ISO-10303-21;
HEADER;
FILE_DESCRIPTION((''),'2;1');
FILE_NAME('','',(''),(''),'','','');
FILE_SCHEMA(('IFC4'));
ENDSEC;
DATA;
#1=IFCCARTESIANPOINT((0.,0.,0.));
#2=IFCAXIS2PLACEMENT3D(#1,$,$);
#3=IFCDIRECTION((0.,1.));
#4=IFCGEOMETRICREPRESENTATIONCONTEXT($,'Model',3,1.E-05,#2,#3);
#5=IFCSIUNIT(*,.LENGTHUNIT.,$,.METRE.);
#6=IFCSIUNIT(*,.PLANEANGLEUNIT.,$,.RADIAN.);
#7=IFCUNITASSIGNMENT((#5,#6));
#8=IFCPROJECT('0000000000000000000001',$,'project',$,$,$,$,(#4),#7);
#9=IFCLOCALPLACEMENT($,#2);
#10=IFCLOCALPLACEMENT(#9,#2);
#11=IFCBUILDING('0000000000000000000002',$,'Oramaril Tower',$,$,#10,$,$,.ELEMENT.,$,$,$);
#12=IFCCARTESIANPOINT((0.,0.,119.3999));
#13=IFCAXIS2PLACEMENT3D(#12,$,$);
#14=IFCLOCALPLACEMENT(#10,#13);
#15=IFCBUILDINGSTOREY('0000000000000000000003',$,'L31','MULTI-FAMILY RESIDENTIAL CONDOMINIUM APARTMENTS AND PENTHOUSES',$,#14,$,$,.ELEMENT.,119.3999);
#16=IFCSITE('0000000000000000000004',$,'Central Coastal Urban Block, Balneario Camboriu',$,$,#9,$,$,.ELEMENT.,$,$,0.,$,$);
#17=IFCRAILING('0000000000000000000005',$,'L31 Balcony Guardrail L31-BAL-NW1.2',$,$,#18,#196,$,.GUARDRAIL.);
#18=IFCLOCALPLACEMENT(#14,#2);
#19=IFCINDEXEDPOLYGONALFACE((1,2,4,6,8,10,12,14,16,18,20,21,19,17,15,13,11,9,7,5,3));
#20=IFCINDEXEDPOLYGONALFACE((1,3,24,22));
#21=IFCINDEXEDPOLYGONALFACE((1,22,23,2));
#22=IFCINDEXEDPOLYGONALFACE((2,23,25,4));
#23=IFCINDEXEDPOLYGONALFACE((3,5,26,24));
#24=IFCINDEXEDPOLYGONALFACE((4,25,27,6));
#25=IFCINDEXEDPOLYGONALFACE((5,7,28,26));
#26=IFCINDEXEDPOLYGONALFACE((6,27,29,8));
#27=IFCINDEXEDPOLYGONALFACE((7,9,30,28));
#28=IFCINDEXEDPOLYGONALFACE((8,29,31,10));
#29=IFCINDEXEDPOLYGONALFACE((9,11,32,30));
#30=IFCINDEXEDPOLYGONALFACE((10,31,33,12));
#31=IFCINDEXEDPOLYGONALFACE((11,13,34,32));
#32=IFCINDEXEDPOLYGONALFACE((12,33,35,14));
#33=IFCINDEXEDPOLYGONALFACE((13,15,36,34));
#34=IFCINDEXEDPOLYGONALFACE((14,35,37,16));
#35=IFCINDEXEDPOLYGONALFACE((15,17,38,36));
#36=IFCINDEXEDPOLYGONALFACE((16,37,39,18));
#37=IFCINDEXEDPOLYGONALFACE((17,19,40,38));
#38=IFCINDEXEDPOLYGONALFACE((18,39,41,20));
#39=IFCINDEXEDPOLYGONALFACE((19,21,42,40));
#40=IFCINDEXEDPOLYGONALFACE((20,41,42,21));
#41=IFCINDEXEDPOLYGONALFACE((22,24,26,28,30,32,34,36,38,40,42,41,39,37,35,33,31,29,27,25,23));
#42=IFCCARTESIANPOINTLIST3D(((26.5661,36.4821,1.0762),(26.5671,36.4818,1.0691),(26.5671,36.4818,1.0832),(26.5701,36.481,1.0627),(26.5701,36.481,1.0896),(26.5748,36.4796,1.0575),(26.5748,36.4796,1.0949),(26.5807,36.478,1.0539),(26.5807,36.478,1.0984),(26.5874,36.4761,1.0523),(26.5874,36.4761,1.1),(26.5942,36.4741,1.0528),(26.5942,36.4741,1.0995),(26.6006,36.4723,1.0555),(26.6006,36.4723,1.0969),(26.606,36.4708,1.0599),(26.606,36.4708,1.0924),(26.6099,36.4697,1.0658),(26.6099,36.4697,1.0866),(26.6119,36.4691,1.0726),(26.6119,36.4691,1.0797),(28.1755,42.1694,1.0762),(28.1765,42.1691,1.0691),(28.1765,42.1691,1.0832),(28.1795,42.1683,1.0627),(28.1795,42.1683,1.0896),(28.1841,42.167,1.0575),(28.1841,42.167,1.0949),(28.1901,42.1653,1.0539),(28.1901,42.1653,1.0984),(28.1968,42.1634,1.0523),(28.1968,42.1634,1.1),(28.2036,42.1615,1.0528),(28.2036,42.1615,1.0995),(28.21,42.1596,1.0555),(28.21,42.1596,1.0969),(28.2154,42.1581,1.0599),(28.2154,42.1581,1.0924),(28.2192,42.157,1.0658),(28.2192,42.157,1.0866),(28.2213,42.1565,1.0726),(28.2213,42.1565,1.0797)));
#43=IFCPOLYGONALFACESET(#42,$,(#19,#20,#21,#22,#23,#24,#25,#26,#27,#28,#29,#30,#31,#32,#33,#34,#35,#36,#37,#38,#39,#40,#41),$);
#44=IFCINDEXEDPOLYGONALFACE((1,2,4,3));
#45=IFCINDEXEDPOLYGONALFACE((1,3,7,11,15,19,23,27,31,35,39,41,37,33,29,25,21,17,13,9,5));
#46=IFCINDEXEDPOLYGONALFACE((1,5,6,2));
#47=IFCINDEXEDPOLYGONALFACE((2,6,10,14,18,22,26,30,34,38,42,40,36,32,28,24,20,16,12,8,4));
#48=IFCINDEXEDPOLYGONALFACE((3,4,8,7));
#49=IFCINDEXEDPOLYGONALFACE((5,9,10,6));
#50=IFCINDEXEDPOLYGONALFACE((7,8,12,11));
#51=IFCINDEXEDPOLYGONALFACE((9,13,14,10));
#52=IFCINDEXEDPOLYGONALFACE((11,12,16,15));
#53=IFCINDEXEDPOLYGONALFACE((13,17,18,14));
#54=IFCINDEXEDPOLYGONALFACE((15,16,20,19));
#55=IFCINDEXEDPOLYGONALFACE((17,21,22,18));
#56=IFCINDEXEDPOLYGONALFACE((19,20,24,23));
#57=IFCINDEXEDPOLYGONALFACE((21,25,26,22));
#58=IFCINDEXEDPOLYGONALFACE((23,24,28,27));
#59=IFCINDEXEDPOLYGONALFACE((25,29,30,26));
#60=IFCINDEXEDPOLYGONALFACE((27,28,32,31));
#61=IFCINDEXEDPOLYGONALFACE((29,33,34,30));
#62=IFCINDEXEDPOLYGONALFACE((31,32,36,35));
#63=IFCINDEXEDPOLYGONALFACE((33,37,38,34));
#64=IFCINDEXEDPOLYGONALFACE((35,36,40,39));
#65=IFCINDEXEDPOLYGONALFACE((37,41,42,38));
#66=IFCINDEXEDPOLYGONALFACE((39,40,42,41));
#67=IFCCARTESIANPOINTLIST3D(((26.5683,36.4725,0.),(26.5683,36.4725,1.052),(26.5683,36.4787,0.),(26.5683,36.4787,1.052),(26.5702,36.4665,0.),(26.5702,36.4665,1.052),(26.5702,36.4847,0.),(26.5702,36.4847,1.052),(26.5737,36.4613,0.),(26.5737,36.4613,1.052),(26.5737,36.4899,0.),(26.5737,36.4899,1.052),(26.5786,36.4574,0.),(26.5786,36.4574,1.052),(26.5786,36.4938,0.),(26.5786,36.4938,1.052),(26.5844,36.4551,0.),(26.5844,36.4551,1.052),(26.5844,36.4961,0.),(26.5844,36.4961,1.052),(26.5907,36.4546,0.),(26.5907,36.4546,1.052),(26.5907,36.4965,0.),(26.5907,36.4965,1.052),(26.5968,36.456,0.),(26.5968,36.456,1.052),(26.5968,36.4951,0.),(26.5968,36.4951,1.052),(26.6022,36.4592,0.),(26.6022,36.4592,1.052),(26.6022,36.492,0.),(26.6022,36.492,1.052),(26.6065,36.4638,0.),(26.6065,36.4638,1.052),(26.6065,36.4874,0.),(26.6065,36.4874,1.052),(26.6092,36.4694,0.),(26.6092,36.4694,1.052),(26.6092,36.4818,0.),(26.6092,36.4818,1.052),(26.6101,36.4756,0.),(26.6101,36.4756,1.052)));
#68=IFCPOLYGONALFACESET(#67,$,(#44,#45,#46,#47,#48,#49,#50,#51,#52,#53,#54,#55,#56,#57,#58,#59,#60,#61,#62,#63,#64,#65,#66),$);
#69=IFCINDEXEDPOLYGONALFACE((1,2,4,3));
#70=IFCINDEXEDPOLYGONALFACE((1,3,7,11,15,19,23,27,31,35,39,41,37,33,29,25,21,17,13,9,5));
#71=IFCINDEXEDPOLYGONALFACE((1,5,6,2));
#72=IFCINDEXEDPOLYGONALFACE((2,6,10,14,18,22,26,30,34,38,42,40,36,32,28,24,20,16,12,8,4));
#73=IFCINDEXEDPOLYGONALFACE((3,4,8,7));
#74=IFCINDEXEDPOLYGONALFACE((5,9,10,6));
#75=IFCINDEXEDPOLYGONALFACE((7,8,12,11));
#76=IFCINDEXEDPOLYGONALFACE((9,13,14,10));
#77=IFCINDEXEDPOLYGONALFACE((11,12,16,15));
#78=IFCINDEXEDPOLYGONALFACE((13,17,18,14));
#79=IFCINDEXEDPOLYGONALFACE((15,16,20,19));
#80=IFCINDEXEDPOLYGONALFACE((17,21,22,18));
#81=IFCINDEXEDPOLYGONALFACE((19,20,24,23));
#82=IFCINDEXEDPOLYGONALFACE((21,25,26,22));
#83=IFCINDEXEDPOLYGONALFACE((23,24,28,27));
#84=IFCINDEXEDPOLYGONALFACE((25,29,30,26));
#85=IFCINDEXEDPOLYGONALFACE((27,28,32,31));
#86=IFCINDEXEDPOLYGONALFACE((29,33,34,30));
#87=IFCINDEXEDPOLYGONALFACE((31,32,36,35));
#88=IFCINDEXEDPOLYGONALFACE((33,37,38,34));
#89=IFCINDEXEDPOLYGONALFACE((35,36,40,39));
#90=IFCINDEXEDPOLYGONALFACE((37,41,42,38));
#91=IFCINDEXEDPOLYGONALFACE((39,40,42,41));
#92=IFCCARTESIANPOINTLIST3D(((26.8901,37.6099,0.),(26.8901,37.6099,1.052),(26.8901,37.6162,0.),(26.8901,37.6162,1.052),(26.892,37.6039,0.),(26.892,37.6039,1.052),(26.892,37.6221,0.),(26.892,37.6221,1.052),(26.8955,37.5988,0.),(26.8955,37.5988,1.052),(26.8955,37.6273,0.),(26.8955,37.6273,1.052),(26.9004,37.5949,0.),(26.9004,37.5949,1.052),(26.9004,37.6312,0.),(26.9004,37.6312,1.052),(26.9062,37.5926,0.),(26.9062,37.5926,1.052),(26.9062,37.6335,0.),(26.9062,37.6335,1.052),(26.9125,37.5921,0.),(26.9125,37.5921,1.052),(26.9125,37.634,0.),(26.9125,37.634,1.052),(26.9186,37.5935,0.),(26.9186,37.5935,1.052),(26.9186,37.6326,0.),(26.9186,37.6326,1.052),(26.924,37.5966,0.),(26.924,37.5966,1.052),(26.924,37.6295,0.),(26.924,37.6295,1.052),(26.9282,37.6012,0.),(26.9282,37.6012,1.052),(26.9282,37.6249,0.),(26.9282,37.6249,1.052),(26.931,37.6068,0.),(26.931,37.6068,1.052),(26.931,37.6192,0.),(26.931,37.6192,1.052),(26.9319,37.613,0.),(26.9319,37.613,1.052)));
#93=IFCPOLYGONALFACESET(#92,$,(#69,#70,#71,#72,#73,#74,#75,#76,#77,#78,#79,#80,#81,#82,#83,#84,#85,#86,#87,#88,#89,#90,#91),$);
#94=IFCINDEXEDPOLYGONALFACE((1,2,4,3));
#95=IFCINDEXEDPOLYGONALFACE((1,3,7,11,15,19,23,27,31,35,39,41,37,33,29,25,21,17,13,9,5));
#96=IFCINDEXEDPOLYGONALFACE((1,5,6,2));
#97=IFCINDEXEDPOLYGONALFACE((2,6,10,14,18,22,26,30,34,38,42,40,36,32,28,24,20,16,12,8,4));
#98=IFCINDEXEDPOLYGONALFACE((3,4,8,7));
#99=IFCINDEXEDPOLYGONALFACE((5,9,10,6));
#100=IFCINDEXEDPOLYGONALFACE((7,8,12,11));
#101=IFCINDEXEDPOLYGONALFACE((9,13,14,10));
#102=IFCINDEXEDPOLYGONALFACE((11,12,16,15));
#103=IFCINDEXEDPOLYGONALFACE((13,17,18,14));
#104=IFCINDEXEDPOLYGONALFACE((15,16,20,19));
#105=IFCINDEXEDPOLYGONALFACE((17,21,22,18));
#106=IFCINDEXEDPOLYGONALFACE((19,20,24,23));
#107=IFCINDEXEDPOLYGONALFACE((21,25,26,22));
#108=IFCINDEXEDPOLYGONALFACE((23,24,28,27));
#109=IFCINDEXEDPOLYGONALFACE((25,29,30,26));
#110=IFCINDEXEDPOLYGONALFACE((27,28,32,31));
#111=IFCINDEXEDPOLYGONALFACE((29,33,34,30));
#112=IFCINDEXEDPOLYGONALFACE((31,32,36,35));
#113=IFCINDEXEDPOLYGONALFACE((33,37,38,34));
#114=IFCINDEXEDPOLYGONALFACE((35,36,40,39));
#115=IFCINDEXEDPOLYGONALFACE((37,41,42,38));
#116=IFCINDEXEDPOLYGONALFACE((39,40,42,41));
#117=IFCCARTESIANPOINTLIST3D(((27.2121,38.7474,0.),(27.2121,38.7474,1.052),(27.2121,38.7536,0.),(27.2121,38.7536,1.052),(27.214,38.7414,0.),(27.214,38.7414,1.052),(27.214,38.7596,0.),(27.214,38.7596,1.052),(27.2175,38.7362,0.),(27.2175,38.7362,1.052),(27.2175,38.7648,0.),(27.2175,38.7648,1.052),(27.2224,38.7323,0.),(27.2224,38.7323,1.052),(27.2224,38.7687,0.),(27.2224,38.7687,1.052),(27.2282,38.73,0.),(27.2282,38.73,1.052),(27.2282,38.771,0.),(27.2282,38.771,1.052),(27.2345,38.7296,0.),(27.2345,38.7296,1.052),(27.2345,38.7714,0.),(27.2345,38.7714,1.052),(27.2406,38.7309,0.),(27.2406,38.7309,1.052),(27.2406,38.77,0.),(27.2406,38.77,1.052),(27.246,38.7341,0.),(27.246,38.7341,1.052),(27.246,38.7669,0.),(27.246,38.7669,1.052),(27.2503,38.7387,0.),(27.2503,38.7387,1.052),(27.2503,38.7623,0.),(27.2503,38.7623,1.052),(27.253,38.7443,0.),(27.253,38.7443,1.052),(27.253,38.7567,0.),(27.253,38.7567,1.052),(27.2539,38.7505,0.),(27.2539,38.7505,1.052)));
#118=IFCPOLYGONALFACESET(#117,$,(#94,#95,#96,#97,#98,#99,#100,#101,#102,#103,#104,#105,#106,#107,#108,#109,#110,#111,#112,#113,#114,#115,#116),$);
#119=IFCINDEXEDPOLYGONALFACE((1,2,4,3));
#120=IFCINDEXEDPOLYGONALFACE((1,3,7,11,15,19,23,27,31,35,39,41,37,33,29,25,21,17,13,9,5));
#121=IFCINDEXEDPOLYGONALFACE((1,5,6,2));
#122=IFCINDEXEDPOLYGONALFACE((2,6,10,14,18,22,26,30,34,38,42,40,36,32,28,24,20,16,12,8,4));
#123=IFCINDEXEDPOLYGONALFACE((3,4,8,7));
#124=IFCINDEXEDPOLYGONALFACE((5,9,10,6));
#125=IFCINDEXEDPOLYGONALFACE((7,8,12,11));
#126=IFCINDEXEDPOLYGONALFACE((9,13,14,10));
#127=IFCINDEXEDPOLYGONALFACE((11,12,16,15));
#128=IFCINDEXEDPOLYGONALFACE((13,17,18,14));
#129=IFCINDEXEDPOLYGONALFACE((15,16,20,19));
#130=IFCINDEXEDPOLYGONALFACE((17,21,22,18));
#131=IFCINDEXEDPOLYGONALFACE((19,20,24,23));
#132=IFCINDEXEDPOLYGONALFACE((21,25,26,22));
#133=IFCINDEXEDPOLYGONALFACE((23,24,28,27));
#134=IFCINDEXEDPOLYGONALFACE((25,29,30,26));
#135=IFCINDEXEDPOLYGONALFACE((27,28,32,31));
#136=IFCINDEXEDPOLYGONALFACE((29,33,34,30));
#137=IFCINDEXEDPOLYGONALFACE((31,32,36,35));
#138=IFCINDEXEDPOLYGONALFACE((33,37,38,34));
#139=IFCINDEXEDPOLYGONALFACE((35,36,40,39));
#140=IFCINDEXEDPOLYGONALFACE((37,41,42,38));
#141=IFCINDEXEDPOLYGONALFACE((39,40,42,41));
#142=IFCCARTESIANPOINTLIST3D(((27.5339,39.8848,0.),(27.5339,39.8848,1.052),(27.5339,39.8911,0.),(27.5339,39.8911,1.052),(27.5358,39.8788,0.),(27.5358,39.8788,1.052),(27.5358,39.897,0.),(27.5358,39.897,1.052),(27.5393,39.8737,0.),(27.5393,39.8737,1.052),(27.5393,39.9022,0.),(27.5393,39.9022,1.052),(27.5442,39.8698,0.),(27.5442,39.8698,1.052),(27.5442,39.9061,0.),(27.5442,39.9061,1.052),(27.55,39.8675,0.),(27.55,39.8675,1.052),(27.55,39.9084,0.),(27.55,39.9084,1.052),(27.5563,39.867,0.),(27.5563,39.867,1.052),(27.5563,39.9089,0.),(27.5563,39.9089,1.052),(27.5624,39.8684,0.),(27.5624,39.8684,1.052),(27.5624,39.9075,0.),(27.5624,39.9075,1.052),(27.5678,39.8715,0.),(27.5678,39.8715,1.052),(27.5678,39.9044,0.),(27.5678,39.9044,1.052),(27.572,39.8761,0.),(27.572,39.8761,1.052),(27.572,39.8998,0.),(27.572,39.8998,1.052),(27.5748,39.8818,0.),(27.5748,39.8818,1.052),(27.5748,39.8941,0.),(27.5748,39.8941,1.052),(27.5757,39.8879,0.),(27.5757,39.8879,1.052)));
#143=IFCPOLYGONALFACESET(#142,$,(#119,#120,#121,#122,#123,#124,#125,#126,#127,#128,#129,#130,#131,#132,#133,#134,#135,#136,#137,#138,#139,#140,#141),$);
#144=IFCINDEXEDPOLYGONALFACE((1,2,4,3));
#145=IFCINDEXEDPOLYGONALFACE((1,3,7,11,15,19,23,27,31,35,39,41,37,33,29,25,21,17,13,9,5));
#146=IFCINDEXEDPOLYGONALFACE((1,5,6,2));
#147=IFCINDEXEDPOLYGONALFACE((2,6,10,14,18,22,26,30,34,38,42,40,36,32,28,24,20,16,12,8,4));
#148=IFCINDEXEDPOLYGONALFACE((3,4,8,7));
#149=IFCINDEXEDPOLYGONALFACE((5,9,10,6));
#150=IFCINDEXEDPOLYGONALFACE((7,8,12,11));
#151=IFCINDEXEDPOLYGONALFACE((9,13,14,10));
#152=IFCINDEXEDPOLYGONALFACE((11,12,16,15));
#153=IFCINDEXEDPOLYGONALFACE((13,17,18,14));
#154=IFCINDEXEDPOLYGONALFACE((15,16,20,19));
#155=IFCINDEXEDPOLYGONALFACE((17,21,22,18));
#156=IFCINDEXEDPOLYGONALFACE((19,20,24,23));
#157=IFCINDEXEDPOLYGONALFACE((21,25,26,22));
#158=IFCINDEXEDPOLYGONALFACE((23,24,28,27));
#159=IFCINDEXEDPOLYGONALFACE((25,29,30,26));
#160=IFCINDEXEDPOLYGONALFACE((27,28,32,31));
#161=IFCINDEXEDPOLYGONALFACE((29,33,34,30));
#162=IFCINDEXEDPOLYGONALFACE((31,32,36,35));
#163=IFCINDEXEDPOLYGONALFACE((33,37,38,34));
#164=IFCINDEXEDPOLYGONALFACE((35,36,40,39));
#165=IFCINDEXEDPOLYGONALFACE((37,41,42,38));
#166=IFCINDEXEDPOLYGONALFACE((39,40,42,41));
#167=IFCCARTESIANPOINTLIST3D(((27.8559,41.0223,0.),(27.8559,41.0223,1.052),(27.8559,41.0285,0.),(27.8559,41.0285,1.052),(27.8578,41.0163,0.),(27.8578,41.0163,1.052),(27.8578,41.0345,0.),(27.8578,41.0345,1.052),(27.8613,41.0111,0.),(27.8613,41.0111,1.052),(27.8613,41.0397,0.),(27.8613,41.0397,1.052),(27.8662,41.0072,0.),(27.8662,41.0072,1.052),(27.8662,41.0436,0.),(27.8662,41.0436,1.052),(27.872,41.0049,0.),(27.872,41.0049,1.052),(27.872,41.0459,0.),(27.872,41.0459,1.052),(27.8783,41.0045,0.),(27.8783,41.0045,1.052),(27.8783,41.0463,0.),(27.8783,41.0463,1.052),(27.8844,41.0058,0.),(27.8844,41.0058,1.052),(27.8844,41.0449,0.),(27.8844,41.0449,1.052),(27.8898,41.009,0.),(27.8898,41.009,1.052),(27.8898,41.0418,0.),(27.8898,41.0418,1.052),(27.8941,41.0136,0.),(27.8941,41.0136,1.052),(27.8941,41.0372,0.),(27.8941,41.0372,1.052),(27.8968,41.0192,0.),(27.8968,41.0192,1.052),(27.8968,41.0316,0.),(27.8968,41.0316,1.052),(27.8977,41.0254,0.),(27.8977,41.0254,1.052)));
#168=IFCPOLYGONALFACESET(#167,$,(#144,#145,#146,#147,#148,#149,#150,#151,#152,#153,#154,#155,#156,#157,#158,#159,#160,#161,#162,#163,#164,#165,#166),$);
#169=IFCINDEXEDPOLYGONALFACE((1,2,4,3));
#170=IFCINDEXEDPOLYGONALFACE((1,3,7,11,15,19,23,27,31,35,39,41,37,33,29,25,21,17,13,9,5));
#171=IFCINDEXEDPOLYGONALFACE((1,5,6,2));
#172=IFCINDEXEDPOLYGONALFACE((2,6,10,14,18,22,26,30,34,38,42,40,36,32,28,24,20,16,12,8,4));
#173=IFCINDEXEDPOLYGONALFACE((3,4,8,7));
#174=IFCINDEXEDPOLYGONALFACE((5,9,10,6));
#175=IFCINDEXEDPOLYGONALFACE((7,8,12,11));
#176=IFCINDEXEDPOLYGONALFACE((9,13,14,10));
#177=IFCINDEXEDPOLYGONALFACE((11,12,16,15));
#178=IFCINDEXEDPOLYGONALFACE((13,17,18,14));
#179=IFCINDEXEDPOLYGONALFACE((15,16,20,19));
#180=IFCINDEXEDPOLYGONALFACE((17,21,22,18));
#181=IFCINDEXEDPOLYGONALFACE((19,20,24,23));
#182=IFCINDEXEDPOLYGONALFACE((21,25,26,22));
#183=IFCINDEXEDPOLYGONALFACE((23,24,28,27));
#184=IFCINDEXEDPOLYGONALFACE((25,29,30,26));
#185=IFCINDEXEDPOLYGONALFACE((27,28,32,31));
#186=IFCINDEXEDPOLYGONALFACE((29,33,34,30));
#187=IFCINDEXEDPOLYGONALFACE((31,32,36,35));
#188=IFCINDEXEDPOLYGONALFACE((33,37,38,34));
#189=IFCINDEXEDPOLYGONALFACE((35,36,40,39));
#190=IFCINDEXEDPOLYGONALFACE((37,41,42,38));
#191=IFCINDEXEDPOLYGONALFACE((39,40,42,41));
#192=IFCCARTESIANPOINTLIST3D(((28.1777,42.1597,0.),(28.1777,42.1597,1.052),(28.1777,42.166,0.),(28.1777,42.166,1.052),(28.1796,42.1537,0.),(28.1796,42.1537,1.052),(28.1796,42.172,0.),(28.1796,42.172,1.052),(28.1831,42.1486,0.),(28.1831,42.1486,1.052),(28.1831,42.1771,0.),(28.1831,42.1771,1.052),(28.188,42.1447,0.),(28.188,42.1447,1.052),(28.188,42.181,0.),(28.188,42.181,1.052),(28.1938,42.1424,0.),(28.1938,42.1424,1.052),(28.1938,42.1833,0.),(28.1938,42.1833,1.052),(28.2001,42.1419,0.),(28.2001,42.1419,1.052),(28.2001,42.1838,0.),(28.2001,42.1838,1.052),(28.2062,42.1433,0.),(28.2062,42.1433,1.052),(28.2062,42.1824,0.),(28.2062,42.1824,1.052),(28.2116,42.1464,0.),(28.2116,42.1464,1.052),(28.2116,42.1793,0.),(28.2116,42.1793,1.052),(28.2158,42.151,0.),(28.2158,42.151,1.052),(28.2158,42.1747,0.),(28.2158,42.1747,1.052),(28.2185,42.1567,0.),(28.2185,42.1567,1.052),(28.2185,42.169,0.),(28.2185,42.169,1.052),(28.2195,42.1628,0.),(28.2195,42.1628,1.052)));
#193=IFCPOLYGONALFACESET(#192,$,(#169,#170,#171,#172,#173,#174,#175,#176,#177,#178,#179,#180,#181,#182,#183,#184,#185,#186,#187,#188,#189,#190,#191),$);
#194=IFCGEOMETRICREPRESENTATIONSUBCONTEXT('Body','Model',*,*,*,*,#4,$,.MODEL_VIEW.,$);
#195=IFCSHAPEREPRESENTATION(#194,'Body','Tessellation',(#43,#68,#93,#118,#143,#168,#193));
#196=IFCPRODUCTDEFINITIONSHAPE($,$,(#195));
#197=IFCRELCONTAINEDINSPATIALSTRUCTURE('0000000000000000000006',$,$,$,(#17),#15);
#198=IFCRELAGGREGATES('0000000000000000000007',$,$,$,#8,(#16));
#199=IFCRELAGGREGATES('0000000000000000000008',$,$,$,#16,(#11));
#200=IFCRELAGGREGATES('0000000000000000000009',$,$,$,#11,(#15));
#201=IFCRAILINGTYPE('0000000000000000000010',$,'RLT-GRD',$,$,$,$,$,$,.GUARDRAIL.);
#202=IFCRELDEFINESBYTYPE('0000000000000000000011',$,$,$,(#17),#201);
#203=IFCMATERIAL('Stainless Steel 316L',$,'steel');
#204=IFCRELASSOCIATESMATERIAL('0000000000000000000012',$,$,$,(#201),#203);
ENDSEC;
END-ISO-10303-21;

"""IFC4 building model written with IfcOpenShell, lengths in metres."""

from ifc_helpers import new_model, si_unit, direction, frame, origin, origin_2d, place, context, subcontext, project, spatial, circle, extrude, material, type_object, element, save


model = new_model("IFC4")

# Units and contexts
model_context = context("Model", 3, precision=1e-05, world=origin(), true_north=direction((0.0, 1.0)))
body_context = subcontext(model_context, "Body", "Model", "MODEL_VIEW")
ifc_project = project(units=[si_unit("LENGTHUNIT", "METRE"), si_unit("PLANEANGLEUNIT", "RADIAN")], contexts=[model_context])

# Site, building, storey
site_placement = place(None, origin())
site = spatial("IfcSite", under=ifc_project, at=site_placement, Name="Central Coastal Urban Block, Balneario Camboriu", CompositionType="ELEMENT", RefElevation=0.0)
building_placement = place(site_placement, origin())
building = spatial("IfcBuilding", under=site, at=building_placement, Name="Oramaril Tower", CompositionType="ELEMENT")
storey_placement = place(building_placement, frame((0.0, 0.0, 119.3999)))
storey = spatial("IfcBuildingStorey", under=building, at=storey_placement, Name="L31", Description="MULTI-FAMILY RESIDENTIAL CONDOMINIUM APARTMENTS AND PENTHOUSES", CompositionType="ELEMENT", Elevation=119.3999)

# Railing
ifc_material_1 = material(Name="Stainless Steel 316L", Category="steel")
railing_type = type_object("IfcRailingType", Name="RLT-GRD", PredefinedType="GUARDRAIL", material=ifc_material_1)
railing_1_placement = place(storey_placement, frame((26.5891, 36.4756, 0.0)))
element("IfcRailing", 1, at=railing_1_placement, inside=storey, type_object=railing_type, Name="L31 Balcony Guardrail L31-BAL-NW1.2", PredefinedType="GUARDRAIL", context=body_context, shape_type="SweptSolid", body=[
    extrude(circle(Radius=0.0239, at=origin_2d()), frame((0.0, 0.0, 1.0762), z_axis=(0.272287, 0.962216, 0.0), x_axis=(-0.962216, 0.272287, 0.0)), (0.0, 0.0, 1.0), 5.9106),
    extrude(circle(Radius=0.021, at=origin_2d()), origin(), (0.0, 0.0, 1.0), 1.052),
    extrude(circle(Radius=0.021, at=origin_2d()), frame((0.3218, 1.1375, 0.0)), (0.0, 0.0, 1.0), 1.052),
    extrude(circle(Radius=0.021, at=origin_2d()), frame((0.6438, 2.2749, 0.0)), (0.0, 0.0, 1.0), 1.052),
    extrude(circle(Radius=0.021, at=origin_2d()), frame((0.9656, 3.4124, 0.0)), (0.0, 0.0, 1.0), 1.052),
    extrude(circle(Radius=0.021, at=origin_2d()), frame((1.2876, 4.5498, 0.0)), (0.0, 0.0, 1.0), 1.052),
    extrude(circle(Radius=0.021, at=origin_2d()), frame((1.6094, 5.6873, 0.0)), (0.0, 0.0, 1.0), 1.052),
])

save(model, "model.ifc")
